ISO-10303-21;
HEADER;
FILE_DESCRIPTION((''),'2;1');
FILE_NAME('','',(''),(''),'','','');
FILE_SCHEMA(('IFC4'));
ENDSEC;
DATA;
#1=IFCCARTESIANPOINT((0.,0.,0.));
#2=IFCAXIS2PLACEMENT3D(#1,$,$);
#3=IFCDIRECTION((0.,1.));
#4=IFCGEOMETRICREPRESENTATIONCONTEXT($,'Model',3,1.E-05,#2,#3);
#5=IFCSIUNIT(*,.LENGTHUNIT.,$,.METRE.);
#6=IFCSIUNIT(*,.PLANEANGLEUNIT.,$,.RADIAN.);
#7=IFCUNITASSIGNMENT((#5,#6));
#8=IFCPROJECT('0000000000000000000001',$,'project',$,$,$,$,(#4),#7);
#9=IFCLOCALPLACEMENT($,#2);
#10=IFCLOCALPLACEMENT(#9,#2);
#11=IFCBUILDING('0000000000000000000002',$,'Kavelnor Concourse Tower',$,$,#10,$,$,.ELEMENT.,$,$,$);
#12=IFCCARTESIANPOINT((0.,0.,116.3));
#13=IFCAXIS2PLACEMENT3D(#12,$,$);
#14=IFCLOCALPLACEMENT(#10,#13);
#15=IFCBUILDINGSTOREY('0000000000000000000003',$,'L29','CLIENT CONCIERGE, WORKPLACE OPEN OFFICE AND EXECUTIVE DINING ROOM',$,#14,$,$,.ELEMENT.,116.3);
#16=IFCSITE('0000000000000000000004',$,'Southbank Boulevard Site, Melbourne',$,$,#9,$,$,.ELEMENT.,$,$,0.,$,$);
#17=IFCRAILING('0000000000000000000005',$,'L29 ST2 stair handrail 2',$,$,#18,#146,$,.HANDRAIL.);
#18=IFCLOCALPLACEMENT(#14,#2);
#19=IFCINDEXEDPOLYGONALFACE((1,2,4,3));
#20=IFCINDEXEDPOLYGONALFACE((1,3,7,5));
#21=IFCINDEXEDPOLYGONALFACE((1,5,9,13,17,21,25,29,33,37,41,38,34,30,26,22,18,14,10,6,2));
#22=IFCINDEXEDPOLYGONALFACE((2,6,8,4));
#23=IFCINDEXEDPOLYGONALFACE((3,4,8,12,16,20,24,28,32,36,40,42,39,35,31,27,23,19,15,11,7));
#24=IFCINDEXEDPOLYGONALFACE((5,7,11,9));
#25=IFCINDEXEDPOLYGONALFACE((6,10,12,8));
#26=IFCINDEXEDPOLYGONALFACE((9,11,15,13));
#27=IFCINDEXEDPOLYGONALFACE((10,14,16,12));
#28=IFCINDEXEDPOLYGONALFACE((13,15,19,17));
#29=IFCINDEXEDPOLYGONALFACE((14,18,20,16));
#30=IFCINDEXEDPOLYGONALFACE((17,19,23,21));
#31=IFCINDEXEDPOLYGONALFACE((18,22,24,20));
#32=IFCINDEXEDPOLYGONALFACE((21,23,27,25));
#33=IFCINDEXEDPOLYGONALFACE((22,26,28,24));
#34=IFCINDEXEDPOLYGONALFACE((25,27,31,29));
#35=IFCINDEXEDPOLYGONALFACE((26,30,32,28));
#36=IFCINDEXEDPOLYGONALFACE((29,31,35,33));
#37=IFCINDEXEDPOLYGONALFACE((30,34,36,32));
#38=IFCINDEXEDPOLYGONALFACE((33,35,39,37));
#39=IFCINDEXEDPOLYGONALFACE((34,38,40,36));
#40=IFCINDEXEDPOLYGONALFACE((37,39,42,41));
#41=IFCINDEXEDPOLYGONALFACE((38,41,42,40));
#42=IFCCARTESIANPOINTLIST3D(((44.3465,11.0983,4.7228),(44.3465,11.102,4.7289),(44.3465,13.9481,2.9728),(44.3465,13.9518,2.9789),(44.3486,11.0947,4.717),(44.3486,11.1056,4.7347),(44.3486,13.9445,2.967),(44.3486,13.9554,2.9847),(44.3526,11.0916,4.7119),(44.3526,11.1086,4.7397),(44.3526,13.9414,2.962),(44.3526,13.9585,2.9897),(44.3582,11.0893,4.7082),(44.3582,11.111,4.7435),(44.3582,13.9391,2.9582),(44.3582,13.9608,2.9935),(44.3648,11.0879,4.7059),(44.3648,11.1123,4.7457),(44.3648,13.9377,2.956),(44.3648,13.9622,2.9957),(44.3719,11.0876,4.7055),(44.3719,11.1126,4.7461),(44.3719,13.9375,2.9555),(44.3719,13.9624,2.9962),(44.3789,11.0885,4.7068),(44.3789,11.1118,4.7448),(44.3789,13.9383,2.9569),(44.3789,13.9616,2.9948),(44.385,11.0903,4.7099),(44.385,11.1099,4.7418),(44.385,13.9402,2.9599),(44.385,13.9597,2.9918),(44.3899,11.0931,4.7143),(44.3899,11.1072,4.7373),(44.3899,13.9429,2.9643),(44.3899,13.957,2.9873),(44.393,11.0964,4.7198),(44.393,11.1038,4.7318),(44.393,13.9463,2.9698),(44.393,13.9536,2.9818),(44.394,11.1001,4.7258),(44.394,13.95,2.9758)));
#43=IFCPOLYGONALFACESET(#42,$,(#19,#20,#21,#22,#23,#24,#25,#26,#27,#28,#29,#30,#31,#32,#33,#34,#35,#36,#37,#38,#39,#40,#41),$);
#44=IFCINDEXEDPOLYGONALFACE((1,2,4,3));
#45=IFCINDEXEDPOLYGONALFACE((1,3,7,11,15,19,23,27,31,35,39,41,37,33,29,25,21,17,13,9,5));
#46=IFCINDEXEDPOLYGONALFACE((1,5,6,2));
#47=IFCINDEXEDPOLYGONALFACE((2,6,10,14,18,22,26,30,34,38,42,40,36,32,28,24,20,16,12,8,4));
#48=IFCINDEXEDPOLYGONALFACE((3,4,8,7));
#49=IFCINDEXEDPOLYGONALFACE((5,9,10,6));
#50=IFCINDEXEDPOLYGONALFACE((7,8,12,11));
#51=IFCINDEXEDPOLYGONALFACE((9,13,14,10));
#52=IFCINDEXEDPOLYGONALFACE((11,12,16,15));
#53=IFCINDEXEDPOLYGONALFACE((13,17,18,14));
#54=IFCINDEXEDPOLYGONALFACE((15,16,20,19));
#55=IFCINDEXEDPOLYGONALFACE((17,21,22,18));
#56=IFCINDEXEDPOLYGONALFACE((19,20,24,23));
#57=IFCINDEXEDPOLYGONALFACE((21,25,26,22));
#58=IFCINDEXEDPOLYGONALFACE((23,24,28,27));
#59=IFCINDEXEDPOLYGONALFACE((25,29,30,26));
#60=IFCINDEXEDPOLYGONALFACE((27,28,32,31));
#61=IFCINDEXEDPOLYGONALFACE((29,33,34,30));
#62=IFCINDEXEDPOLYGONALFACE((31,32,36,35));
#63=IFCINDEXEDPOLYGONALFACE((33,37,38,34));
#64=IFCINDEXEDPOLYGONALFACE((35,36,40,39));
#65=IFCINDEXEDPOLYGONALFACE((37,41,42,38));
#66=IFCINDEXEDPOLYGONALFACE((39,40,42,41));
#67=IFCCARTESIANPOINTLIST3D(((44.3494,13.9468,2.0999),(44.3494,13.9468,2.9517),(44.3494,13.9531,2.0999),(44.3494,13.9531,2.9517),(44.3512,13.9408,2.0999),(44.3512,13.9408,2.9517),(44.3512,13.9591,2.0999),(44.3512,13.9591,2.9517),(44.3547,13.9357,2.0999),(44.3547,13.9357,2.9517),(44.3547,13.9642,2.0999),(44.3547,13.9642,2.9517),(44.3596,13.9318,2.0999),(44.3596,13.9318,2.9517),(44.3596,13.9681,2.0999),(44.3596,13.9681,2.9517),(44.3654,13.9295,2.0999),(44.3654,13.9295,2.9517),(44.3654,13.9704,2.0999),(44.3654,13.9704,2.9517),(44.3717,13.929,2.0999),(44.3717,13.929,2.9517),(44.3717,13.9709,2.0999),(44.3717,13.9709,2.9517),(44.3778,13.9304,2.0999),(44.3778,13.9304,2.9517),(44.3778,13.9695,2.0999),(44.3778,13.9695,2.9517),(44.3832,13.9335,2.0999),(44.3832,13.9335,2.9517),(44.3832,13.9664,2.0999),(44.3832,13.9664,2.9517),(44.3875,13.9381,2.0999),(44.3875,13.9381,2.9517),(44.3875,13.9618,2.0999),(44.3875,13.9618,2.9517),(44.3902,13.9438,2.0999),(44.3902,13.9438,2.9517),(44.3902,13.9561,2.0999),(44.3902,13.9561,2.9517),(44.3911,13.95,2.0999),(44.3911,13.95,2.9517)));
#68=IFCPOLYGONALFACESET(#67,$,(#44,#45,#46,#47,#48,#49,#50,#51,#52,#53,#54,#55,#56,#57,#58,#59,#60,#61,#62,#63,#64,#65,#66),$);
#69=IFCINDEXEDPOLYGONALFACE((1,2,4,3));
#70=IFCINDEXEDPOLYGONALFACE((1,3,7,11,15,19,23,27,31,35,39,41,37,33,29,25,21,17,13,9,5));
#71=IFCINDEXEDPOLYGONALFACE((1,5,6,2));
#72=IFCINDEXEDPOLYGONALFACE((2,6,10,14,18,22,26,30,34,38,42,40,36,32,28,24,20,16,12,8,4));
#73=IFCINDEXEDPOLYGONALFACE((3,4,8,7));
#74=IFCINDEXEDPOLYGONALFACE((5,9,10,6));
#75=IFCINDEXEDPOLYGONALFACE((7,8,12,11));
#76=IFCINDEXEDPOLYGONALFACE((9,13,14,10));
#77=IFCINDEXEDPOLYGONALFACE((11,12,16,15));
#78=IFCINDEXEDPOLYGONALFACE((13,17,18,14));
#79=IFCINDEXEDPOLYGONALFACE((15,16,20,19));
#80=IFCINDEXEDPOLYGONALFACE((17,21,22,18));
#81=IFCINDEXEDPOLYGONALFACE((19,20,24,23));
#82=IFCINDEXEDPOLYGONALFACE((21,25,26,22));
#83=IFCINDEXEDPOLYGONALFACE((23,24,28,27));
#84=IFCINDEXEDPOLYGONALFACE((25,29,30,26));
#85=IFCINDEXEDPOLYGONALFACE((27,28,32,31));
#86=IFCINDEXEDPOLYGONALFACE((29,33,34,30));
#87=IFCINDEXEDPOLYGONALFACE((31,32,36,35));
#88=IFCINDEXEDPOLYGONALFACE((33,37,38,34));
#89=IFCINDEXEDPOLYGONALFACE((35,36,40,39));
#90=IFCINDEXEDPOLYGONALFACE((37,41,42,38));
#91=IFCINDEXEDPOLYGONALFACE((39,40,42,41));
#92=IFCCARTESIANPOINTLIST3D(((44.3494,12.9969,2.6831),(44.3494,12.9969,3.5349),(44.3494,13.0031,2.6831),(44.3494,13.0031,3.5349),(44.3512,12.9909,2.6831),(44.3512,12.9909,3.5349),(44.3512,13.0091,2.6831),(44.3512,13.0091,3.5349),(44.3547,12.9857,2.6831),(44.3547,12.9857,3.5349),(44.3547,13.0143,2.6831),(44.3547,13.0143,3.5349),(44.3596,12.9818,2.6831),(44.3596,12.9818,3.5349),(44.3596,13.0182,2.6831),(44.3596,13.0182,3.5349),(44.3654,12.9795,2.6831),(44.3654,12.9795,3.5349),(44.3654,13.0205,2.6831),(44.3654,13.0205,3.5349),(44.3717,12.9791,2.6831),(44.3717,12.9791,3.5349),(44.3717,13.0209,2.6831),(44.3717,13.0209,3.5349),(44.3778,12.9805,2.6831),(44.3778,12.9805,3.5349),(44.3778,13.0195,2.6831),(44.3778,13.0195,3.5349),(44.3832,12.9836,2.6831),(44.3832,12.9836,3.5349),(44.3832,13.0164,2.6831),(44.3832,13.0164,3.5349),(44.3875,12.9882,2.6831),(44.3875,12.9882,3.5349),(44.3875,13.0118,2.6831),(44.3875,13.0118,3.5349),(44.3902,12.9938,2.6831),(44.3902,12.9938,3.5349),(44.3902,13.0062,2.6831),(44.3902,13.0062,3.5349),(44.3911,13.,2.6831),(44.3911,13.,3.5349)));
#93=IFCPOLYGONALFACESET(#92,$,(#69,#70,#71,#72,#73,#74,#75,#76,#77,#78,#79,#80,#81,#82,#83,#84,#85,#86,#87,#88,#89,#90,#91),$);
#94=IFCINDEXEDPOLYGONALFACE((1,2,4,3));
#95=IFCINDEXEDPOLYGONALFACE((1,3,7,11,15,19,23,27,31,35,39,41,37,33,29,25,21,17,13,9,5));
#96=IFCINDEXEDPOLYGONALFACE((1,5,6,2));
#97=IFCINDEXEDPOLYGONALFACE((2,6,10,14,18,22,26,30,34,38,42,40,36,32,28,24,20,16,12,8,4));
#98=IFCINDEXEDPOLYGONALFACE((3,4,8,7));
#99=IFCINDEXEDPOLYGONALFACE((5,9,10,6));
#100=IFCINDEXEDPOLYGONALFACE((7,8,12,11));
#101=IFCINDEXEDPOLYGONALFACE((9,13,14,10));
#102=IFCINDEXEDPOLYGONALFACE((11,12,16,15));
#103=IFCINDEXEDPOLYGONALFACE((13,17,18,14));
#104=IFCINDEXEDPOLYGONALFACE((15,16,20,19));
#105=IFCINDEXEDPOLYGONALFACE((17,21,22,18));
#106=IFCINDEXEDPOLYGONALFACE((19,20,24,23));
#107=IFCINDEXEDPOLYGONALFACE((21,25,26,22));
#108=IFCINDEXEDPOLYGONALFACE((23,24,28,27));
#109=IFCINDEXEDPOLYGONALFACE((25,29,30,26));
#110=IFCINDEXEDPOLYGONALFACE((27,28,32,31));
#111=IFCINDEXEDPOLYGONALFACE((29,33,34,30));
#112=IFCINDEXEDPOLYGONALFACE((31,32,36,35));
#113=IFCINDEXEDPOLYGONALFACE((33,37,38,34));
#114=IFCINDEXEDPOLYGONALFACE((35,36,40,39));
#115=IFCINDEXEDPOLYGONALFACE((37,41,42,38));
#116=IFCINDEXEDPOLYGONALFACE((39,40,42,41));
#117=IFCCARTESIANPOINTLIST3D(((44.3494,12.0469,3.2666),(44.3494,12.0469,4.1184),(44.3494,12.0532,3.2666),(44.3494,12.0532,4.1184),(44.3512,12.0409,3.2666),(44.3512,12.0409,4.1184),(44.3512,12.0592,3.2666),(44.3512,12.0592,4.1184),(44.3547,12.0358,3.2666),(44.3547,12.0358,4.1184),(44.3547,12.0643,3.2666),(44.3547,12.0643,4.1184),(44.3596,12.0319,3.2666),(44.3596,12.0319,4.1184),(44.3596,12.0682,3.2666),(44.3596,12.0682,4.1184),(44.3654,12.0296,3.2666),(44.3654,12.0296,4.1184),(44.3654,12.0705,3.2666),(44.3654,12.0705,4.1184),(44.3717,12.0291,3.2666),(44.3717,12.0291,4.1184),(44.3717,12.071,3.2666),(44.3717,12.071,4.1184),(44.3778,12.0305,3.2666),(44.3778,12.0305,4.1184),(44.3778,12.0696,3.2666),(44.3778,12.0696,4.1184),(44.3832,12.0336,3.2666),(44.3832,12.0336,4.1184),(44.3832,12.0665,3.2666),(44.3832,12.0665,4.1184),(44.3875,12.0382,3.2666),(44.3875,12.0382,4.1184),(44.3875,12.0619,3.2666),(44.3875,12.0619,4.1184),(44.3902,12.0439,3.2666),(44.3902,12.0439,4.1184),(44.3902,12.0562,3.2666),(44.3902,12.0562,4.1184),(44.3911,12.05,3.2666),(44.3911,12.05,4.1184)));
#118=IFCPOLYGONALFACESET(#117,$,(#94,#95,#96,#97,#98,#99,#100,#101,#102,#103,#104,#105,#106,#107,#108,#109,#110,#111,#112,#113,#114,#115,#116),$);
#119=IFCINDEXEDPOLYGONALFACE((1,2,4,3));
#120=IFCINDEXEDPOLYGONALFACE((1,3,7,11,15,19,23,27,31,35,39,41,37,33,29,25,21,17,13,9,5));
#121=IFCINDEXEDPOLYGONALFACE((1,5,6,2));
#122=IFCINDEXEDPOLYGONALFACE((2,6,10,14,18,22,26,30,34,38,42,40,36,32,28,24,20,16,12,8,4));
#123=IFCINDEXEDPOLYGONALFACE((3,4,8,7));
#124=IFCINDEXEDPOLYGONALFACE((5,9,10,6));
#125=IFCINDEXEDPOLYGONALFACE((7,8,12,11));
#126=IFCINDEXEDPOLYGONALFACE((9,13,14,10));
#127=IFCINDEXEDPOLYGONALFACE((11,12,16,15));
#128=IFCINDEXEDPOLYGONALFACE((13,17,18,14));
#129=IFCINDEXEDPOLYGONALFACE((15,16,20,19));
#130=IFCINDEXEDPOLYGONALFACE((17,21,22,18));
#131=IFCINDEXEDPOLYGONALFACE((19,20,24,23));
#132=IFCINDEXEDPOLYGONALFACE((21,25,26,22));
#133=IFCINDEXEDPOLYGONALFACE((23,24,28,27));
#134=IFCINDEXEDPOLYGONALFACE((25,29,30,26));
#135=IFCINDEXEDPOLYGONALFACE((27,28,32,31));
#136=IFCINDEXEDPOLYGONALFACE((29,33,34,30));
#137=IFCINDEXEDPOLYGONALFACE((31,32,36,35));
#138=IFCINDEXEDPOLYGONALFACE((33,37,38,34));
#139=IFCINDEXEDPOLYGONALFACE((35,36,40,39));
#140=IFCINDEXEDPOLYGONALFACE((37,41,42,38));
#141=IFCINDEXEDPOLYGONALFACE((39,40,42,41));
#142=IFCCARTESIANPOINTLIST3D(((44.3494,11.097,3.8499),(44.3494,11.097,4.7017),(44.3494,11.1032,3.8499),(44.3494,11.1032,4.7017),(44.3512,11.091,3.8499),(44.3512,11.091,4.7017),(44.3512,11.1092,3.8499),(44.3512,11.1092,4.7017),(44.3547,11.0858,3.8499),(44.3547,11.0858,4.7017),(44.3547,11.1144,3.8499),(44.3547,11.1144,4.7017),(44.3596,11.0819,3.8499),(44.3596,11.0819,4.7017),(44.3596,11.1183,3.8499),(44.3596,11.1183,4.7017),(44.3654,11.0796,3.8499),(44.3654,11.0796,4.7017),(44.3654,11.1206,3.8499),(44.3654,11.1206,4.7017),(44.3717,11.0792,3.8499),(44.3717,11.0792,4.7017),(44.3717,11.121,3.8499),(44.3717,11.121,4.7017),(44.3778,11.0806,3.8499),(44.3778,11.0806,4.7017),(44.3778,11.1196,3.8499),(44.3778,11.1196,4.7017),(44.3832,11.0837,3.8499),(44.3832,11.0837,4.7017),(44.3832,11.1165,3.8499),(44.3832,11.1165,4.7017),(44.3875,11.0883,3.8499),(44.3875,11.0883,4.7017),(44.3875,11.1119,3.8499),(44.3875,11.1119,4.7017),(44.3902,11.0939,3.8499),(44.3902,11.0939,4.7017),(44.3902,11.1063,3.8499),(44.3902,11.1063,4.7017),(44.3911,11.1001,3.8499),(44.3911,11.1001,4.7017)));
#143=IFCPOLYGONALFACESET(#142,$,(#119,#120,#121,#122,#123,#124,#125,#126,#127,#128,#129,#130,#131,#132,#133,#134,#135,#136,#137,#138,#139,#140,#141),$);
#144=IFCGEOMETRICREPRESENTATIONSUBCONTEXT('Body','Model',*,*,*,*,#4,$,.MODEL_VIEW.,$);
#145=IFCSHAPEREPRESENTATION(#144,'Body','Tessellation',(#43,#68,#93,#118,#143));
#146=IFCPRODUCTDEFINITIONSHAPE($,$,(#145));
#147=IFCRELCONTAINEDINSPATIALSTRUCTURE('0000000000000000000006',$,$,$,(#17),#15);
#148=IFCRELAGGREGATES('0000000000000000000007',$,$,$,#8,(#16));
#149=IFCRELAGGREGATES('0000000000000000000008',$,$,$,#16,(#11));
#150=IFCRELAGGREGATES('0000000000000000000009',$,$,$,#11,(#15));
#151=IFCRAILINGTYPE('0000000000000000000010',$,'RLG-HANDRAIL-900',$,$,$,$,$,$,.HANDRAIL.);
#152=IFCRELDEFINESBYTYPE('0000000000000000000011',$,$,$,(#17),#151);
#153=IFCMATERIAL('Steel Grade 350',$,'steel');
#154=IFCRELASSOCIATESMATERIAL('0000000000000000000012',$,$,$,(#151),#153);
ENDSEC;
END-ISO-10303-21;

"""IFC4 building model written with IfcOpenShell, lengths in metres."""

from ifc_helpers import new_model, si_unit, direction, frame, origin, origin_2d, place, context, subcontext, project, spatial, circle, extrude, material, type_object, element, save


model = new_model("IFC4")

# Units and contexts
model_context = context("Model", 3, precision=1e-05, world=origin(), true_north=direction((0.0, 1.0)))
body_context = subcontext(model_context, "Body", "Model", "MODEL_VIEW")
ifc_project = project(units=[si_unit("LENGTHUNIT", "METRE"), si_unit("PLANEANGLEUNIT", "RADIAN")], contexts=[model_context])

# Site, building, storey
site_placement = place(None, origin())
site = spatial("IfcSite", under=ifc_project, at=site_placement, Name="Southbank Boulevard Site, Melbourne", CompositionType="ELEMENT", RefElevation=0.0)
building_placement = place(site_placement, origin())
building = spatial("IfcBuilding", under=site, at=building_placement, Name="Kavelnor Concourse Tower", CompositionType="ELEMENT")
storey_placement = place(building_placement, frame((0.0, 0.0, 116.3)))
storey = spatial("IfcBuildingStorey", under=building, at=storey_placement, Name="L29", Description="CLIENT CONCIERGE, WORKPLACE OPEN OFFICE AND EXECUTIVE DINING ROOM", CompositionType="ELEMENT", Elevation=116.3)

# Shared definitions
ifc_material_1 = material(Name="Steel Grade 350", Category="steel")

# Railing
railing_type_1 = type_object("IfcRailingType", Name="RLG-HANDRAIL-900", PredefinedType="HANDRAIL", material=ifc_material_1)
railing_1_placement = place(storey_placement, frame((44.3701, 13.95, 2.0999)))
element("IfcRailing", 1, at=railing_1_placement, inside=storey, type_object=railing_type_1, Name="L29 ST2 stair handrail 2", PredefinedType="HANDRAIL", context=body_context, shape_type="SweptSolid", body=[
    extrude(circle(Radius=0.0239, at=origin_2d()), frame((0.0, 0.0, 0.876), z_axis=(0.0, -0.852159, 0.523283), x_axis=(1.0, 0.0, 0.0)), (0.0, 0.0, 1.0), 3.3442),
    extrude(circle(Radius=0.021, at=origin_2d()), origin(), (0.0, 0.0, 1.0), 0.8518),
    extrude(circle(Radius=0.021, at=origin_2d()), frame((0.0, -0.95, 0.5833)), (0.0, 0.0, 1.0), 0.8518),
    extrude(circle(Radius=0.021, at=origin_2d()), frame((0.0, -1.8999, 1.1667)), (0.0, 0.0, 1.0), 0.8518),
    extrude(circle(Radius=0.021, at=origin_2d()), frame((0.0, -2.8499, 1.75)), (0.0, 0.0, 1.0), 0.8518),
])

save(model, "model.ifc")
